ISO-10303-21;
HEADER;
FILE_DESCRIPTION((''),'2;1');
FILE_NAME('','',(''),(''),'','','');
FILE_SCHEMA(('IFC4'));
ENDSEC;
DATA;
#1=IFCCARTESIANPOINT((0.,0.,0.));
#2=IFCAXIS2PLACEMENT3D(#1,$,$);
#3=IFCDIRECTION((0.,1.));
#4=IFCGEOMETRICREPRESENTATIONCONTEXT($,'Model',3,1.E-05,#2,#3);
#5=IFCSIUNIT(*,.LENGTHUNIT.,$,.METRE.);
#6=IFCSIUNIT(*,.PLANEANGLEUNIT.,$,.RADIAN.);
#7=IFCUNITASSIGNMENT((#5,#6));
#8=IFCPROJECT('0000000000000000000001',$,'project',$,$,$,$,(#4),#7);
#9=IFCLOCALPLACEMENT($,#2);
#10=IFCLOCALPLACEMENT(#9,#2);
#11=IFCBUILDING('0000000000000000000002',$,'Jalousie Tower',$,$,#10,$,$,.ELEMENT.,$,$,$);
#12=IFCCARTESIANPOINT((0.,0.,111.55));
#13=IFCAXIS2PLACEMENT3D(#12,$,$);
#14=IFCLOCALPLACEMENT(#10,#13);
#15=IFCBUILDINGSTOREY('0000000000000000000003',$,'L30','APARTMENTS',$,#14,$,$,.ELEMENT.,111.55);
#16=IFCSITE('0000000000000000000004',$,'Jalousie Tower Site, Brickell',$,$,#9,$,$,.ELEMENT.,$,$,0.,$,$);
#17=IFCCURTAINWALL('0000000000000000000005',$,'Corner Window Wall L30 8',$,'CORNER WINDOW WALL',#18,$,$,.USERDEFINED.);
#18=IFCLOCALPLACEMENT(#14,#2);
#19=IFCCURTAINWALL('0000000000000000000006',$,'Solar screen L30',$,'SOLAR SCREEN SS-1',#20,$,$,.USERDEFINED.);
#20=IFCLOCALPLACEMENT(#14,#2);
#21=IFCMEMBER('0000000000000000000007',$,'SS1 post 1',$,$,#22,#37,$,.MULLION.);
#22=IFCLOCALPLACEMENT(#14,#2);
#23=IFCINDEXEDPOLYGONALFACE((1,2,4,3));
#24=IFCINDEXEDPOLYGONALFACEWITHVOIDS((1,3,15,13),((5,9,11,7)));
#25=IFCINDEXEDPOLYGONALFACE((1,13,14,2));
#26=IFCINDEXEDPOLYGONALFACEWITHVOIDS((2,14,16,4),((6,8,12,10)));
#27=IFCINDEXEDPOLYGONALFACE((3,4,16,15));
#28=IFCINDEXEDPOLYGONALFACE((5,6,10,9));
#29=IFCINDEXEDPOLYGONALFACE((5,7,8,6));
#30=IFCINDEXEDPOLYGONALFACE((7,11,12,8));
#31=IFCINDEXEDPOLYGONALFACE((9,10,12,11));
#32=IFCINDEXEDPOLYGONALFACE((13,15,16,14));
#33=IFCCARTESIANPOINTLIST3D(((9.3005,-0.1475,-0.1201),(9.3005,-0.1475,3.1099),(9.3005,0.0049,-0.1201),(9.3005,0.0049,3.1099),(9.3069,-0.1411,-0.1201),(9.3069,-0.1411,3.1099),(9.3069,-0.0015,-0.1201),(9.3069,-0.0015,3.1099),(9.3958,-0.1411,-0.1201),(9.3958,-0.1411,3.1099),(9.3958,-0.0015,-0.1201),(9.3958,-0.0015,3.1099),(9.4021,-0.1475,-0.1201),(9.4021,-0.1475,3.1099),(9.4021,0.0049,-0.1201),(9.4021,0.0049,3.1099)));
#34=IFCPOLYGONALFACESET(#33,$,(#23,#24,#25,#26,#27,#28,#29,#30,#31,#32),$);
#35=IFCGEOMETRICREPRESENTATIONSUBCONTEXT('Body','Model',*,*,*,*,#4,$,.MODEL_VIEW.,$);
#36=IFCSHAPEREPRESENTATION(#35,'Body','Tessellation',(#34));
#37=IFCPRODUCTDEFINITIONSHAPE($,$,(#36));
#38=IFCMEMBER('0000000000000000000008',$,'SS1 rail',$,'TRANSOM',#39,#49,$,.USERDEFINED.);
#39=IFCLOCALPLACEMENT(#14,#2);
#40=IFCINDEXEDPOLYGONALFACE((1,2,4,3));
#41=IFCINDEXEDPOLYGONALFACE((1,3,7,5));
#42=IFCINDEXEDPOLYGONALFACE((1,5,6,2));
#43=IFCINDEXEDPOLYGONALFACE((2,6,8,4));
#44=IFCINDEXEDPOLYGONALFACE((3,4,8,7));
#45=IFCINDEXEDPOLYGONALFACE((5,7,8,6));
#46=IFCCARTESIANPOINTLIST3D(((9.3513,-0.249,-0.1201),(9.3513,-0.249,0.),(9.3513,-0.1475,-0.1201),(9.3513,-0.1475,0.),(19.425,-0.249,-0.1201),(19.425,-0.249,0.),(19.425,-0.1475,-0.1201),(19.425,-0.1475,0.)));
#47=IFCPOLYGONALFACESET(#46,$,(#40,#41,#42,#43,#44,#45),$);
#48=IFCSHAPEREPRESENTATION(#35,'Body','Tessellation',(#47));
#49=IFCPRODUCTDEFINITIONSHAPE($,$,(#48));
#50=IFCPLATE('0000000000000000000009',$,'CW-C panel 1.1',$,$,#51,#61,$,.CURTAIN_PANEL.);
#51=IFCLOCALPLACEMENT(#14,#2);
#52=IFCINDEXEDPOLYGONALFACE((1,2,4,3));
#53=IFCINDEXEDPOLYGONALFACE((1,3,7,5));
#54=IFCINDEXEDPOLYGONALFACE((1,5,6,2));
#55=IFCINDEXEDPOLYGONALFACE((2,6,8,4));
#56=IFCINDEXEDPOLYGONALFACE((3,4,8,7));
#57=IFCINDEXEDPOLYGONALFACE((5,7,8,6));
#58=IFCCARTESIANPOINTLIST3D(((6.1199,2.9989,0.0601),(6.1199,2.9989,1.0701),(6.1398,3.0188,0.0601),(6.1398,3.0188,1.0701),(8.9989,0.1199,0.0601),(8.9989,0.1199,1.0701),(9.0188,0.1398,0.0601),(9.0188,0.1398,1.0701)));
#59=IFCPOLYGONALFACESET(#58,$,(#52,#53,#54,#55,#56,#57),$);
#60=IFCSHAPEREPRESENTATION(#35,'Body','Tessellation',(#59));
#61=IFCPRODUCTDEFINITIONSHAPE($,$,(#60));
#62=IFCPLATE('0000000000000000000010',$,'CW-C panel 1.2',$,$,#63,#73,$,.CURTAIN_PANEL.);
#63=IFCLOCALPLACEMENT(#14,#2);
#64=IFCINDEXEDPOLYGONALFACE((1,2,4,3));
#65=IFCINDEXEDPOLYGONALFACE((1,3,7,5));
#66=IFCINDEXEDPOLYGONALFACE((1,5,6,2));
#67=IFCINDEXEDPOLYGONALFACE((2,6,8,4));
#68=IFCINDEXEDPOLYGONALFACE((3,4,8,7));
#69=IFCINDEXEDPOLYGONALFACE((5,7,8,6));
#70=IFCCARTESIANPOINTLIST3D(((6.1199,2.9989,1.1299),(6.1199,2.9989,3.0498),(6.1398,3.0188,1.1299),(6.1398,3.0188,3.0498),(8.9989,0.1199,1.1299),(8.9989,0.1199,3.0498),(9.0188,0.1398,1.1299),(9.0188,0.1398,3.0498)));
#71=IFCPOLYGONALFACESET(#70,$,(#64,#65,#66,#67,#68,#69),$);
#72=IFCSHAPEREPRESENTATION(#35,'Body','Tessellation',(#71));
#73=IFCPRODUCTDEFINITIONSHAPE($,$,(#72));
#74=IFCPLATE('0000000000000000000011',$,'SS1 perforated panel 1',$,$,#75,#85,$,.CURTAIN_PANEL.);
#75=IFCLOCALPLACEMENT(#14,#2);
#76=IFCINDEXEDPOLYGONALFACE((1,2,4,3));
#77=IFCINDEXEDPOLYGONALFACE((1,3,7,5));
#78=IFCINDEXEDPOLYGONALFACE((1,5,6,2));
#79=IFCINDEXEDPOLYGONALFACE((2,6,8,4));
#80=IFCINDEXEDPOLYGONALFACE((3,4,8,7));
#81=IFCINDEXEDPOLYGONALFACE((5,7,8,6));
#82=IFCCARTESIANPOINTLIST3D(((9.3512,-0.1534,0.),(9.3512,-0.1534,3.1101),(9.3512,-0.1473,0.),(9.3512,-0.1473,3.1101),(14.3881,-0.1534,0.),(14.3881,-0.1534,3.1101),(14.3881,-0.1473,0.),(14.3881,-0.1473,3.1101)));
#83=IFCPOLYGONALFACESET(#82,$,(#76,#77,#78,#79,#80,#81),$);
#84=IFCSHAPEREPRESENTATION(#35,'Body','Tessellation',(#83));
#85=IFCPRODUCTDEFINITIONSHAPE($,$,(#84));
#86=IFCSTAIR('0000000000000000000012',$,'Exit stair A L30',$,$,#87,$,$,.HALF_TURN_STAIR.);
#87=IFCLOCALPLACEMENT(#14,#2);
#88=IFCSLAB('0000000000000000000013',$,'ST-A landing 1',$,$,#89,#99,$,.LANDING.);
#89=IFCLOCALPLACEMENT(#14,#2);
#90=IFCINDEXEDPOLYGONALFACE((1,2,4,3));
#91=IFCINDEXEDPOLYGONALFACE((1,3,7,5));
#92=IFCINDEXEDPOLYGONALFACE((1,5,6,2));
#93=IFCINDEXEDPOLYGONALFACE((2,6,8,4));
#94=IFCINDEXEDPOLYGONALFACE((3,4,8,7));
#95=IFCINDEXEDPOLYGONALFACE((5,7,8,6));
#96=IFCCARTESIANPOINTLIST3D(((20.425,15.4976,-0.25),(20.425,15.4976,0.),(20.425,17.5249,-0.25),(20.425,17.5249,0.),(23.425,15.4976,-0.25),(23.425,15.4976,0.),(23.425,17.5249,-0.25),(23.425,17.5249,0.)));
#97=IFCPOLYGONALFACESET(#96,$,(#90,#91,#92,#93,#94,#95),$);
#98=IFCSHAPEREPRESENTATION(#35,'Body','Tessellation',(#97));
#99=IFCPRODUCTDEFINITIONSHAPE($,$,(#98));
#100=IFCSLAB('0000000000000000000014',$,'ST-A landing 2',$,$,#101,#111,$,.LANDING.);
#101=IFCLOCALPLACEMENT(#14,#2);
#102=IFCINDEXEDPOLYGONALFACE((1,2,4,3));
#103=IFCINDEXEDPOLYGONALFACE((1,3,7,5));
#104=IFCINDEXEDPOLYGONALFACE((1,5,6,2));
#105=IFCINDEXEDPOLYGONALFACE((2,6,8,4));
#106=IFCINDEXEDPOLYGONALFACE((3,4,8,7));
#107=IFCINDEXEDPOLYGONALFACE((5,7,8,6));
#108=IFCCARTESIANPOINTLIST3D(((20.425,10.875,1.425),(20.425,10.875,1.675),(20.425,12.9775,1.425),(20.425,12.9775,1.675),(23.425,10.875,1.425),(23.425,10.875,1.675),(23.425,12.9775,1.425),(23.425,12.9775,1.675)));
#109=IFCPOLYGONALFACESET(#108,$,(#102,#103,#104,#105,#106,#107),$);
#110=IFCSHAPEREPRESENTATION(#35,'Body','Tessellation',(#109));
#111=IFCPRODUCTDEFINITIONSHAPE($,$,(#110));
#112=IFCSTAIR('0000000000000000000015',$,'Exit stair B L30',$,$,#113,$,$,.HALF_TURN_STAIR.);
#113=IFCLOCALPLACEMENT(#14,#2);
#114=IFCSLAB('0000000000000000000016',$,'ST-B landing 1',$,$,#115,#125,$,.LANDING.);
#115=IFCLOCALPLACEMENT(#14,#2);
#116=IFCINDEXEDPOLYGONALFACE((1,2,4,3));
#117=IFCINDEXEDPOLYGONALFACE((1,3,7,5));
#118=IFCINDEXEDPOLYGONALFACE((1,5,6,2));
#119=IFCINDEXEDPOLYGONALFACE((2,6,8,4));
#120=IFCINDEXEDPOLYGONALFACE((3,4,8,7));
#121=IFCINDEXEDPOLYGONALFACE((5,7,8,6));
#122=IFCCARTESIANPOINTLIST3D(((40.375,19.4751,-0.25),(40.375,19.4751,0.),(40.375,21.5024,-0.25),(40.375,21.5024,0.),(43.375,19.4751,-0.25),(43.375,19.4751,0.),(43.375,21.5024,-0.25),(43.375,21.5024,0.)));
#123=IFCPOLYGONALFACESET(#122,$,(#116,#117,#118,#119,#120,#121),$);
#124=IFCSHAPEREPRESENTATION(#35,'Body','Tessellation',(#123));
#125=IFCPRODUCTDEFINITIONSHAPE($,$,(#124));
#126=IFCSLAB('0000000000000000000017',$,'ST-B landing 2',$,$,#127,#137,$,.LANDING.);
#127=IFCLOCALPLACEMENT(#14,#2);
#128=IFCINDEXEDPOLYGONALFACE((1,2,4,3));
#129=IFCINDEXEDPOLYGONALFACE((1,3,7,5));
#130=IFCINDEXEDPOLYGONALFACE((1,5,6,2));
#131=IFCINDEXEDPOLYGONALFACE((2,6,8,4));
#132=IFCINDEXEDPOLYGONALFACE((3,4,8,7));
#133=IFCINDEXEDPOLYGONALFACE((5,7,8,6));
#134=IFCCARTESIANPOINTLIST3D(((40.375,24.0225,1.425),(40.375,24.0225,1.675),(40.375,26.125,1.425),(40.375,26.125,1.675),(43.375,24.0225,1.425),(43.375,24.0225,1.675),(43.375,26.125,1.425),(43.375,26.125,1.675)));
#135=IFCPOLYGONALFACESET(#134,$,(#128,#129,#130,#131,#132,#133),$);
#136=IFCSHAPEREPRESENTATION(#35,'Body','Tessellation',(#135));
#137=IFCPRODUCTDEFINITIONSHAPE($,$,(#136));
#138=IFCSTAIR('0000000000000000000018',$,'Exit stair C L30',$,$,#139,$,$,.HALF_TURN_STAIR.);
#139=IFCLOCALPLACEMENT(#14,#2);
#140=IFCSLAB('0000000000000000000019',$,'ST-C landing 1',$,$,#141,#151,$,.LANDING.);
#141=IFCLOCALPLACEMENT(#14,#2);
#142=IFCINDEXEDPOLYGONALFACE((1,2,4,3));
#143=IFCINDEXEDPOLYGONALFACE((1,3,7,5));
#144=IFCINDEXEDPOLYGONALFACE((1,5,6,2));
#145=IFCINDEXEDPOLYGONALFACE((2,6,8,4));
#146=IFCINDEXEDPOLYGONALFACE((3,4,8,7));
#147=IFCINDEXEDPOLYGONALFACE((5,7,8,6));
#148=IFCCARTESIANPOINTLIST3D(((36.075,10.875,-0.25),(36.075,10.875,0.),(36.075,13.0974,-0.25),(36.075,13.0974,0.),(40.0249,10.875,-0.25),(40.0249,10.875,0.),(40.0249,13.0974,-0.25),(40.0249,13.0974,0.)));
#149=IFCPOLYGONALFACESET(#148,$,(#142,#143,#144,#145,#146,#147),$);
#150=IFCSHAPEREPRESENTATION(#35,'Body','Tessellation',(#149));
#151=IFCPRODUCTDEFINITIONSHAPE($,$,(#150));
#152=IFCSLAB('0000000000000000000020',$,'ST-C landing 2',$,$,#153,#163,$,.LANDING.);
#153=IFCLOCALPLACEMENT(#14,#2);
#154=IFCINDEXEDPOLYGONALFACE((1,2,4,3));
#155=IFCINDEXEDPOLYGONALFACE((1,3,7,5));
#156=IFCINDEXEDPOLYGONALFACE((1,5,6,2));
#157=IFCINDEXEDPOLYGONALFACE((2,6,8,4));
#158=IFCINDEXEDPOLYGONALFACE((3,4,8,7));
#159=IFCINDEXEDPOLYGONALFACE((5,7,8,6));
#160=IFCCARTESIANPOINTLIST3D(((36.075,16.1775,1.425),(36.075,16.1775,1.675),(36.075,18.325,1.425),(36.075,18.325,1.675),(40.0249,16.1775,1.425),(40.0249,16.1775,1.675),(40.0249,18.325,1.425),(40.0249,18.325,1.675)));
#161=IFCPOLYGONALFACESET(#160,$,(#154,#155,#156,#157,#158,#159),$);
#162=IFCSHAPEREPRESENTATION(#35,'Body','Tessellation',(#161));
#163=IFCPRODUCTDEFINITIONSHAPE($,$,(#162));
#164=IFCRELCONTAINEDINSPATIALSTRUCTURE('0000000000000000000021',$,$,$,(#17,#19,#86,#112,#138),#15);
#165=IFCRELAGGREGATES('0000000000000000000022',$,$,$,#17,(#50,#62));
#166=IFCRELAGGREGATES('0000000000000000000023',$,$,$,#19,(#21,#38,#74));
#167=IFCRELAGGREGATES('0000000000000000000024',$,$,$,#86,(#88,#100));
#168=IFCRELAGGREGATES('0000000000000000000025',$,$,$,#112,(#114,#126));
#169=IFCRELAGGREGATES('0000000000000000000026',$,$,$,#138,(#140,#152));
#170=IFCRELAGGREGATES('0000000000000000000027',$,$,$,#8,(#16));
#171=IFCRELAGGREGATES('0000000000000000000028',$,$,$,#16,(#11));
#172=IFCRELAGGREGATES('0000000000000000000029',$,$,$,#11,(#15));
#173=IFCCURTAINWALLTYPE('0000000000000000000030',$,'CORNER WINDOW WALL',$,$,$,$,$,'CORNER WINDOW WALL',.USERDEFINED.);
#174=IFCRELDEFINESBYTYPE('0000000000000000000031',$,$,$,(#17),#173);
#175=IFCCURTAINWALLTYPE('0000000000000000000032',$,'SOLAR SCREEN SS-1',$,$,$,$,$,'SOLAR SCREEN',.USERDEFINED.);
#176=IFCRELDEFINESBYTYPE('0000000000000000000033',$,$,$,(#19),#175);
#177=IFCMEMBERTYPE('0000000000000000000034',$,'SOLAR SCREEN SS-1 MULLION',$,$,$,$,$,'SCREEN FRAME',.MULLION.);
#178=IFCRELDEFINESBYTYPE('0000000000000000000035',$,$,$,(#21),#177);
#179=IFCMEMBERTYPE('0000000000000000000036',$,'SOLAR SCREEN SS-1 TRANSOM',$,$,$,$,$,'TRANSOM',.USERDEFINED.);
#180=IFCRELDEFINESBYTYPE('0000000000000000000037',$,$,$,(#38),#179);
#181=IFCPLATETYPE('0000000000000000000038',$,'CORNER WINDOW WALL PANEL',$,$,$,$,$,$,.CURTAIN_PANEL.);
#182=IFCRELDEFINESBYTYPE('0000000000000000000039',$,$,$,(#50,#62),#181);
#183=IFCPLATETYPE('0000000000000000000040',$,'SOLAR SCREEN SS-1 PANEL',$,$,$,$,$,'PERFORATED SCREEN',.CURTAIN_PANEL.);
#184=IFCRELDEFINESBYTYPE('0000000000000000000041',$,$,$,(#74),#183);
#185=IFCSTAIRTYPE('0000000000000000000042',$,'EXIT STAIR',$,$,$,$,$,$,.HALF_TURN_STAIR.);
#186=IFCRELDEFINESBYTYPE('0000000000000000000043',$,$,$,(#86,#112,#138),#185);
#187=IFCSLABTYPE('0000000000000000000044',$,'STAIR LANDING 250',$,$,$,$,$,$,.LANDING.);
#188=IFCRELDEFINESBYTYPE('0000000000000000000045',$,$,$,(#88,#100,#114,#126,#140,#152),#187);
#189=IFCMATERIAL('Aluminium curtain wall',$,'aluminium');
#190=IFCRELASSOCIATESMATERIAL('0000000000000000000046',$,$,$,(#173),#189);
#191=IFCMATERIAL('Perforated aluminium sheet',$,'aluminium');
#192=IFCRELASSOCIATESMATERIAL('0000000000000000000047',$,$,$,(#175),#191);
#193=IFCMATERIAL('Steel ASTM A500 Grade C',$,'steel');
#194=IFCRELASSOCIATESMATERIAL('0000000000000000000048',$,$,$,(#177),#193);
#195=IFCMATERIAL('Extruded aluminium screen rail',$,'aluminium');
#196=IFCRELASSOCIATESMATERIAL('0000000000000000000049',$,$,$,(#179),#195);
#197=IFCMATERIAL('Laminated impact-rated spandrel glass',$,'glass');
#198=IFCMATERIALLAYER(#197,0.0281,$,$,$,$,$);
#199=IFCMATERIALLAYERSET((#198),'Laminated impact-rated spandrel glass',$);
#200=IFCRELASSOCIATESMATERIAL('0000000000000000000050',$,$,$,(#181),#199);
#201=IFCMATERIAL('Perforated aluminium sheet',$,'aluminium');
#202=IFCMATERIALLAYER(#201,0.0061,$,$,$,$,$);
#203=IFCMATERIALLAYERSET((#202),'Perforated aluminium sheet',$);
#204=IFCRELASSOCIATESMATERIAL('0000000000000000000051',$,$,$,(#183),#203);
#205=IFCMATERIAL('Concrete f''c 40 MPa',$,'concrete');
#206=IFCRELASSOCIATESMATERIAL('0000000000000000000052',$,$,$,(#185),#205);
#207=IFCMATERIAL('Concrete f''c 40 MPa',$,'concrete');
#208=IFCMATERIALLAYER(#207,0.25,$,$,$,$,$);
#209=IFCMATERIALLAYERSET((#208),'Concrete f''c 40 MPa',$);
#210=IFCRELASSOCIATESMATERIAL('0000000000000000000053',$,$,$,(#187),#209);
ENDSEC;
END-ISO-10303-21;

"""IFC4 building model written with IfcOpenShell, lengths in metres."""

from ifc_helpers import new_model, si_unit, direction, frame, origin, origin_2d, place, context, subcontext, project, spatial, polyline, rectangle, hollow_rectangle, outline, extrude, material, layer, layer_set, material_profile, profile_set, type_object, element, aggregate, save


model = new_model("IFC4")

# Units and contexts
model_context = context("Model", 3, precision=1e-05, world=origin(), true_north=direction((0.0, 1.0)))
body_context = subcontext(model_context, "Body", "Model", "MODEL_VIEW")
ifc_project = project(units=[si_unit("LENGTHUNIT", "METRE"), si_unit("PLANEANGLEUNIT", "RADIAN")], contexts=[model_context])

# Site, building, storey
site_placement = place(None, origin())
site = spatial("IfcSite", under=ifc_project, at=site_placement, Name="Jalousie Tower Site, Brickell", CompositionType="ELEMENT", RefElevation=0.0)
building_placement = place(site_placement, origin())
building = spatial("IfcBuilding", under=site, at=building_placement, Name="Jalousie Tower", CompositionType="ELEMENT")
storey_placement = place(building_placement, frame((0.0, 0.0, 111.55)))
storey = spatial("IfcBuildingStorey", under=building, at=storey_placement, Name="L30", Description="APARTMENTS", CompositionType="ELEMENT", Elevation=111.55)

# Curtain wall
ifc_material_1 = material(Name="Aluminium curtain wall", Category="aluminium")
curtain_wall_type_1 = type_object("IfcCurtainWallType", Name="CORNER WINDOW WALL", ElementType="CORNER WINDOW WALL", PredefinedType="USERDEFINED", material=ifc_material_1)
curtain_wall_1_placement = place(storey_placement, origin())
curtain_wall_1 = element("IfcCurtainWall", 1, at=curtain_wall_1_placement, inside=storey, type_object=curtain_wall_type_1, Name="Corner Window Wall L30 8", ObjectType="CORNER WINDOW WALL", PredefinedType="USERDEFINED")

# Curtain wall, members
ifc_material_2 = material(Name="Perforated aluminium sheet", Category="aluminium")
curtain_wall_type_2 = type_object("IfcCurtainWallType", Name="SOLAR SCREEN SS-1", ElementType="SOLAR SCREEN", PredefinedType="USERDEFINED", material=ifc_material_2)
curtain_wall_2_placement = place(storey_placement, origin())
curtain_wall_2 = element("IfcCurtainWall", 2, at=curtain_wall_2_placement, inside=storey, type_object=curtain_wall_type_2, Name="Solar screen L30", ObjectType="SOLAR SCREEN SS-1", PredefinedType="USERDEFINED")
ifc_material_3 = material(Name="Steel ASTM A500 Grade C", Category="steel")
ifc_material_profile_1 = material_profile(ifc_material_3, hollow_rectangle(XDim=0.1016, YDim=0.1523, WallThickness=0.0063, at=origin_2d()), Name="HSS6X4X1/4")
ifc_profile_set_1 = profile_set([ifc_material_profile_1], Name="Steel ASTM A500 Grade C")
member_type_1 = type_object("IfcMemberType", Name="SOLAR SCREEN SS-1 MULLION", ElementType="SCREEN FRAME", PredefinedType="MULLION", material=ifc_profile_set_1)
member_1_placement = place(storey_placement, frame((9.3513, -0.0713, -0.1201), z_axis=(0.0, 0.0, 1.0), x_axis=(1.0, 0.0, 0.0)))
member_1 = element("IfcMember", 3, at=member_1_placement, type_object=member_type_1, Name="SS1 post 1", PredefinedType="MULLION", context=body_context, shape_type="SweptSolid", body=[
    extrude(hollow_rectangle(XDim=0.1016, YDim=0.1523, WallThickness=0.0063, at=origin_2d()), origin(), (0.0, 0.0, 1.0), 3.23),
])
ifc_material_4 = material(Name="Extruded aluminium screen rail", Category="aluminium")
ifc_material_profile_2 = material_profile(ifc_material_4, rectangle(XDim=0.1016, YDim=0.1201, at=origin_2d()), Name="RAIL 102x120")
ifc_profile_set_2 = profile_set([ifc_material_profile_2], Name="Extruded aluminium screen rail")
member_type_2 = type_object("IfcMemberType", Name="SOLAR SCREEN SS-1 TRANSOM", ElementType="TRANSOM", PredefinedType="USERDEFINED", material=ifc_profile_set_2)
member_2_placement = place(storey_placement, frame((9.3513, -0.1982, -0.0601), z_axis=(1.0, 0.0, 0.0), x_axis=(0.0, 1.0, 0.0)))
member_2 = element("IfcMember", 4, at=member_2_placement, type_object=member_type_2, Name="SS1 rail", ObjectType="TRANSOM", PredefinedType="USERDEFINED", context=body_context, shape_type="SweptSolid", body=[
    extrude(rectangle(XDim=0.1016, YDim=0.1201, at=origin_2d()), origin(), (0.0, 0.0, 1.0), 10.0737),
])

# Plates
ifc_material_5 = material(Name="Laminated impact-rated spandrel glass", Category="glass")
ifc_layer_1 = layer(ifc_material_5, 0.0281)
ifc_layer_set_1 = layer_set([ifc_layer_1], Name="Laminated impact-rated spandrel glass")
plate_type_1 = type_object("IfcPlateType", Name="CORNER WINDOW WALL PANEL", PredefinedType="CURTAIN_PANEL", material=ifc_layer_set_1)
plate_1_placement = place(storey_placement, frame((7.5693, 1.5693, 0.0601), z_axis=(0.0, 0.0, 1.0), x_axis=(0.707107, -0.707107, 0.0)))
plate_1 = element("IfcPlate", 5, at=plate_1_placement, type_object=plate_type_1, Name="CW-C panel 1.1", PredefinedType="CURTAIN_PANEL", context=body_context, shape_type="SweptSolid", body=[
    extrude(rectangle(XDim=4.0715, YDim=0.0281, at=origin_2d()), origin(), (0.0, 0.0, 1.0), 1.01),
])
plate_2_placement = place(storey_placement, frame((7.5693, 1.5693, 1.1299), z_axis=(0.0, 0.0, 1.0), x_axis=(0.707107, -0.707107, 0.0)))
plate_2 = element("IfcPlate", 6, at=plate_2_placement, type_object=plate_type_1, Name="CW-C panel 1.2", PredefinedType="CURTAIN_PANEL", context=body_context, shape_type="SweptSolid", body=[
    extrude(rectangle(XDim=4.0715, YDim=0.0281, at=origin_2d()), origin(), (0.0, 0.0, 1.0), 1.9199),
])
aggregate(curtain_wall_1, [plate_1, plate_2])

# Plate
ifc_material_6 = material(Name="Perforated aluminium sheet", Category="aluminium")
ifc_layer_2 = layer(ifc_material_6, 0.0061)
ifc_layer_set_2 = layer_set([ifc_layer_2], Name="Perforated aluminium sheet")
plate_type_2 = type_object("IfcPlateType", Name="SOLAR SCREEN SS-1 PANEL", ElementType="PERFORATED SCREEN", PredefinedType="CURTAIN_PANEL", material=ifc_layer_set_2)
plate_3_placement = place(storey_placement, frame((11.8696, -0.1504, 0.0), z_axis=(0.0, 0.0, 1.0), x_axis=(1.0, 0.0, 0.0)))
plate_3 = element("IfcPlate", 7, at=plate_3_placement, type_object=plate_type_2, Name="SS1 perforated panel 1", PredefinedType="CURTAIN_PANEL", context=body_context, shape_type="SweptSolid", body=[
    extrude(rectangle(XDim=5.0369, YDim=0.0061, at=origin_2d()), origin(), (0.0, 0.0, 1.0), 3.1101),
])
aggregate(curtain_wall_2, [member_1, member_2, plate_3])

# Stairs, slabs
ifc_material_7 = material(Name="Concrete f'c 40 MPa", Category="concrete")
stair_type = type_object("IfcStairType", Name="EXIT STAIR", PredefinedType="HALF_TURN_STAIR", material=ifc_material_7)
stair_1_placement = place(storey_placement, origin())
stair_1 = element("IfcStair", 8, at=stair_1_placement, inside=storey, type_object=stair_type, Name="Exit stair A L30", PredefinedType="HALF_TURN_STAIR")
ifc_material_8 = material(Name="Concrete f'c 40 MPa", Category="concrete")
ifc_layer_3 = layer(ifc_material_8, 0.25)
ifc_layer_set_3 = layer_set([ifc_layer_3], Name="Concrete f'c 40 MPa")
slab_type_1 = type_object("IfcSlabType", Name="STAIR LANDING 250", PredefinedType="LANDING", material=ifc_layer_set_3)
slab_1_placement = place(storey_placement, frame((0.0, 0.0, -0.25)))
slab_1 = element("IfcSlab", 9, at=slab_1_placement, type_object=slab_type_1, Name="ST-A landing 1", PredefinedType="LANDING", context=body_context, shape_type="SweptSolid", body=[
    extrude(outline(polyline([(20.425, 15.4976), (23.425, 15.4976), (23.425, 17.5249), (20.425, 17.5249), (20.425, 15.4976)])), origin(), (0.0, 0.0, 1.0), 0.25),
])
slab_2_placement = place(storey_placement, frame((0.0, 0.0, 1.425)))
slab_2 = element("IfcSlab", 10, at=slab_2_placement, type_object=slab_type_1, Name="ST-A landing 2", PredefinedType="LANDING", context=body_context, shape_type="SweptSolid", body=[
    extrude(outline(polyline([(20.425, 10.875), (23.425, 10.875), (23.425, 12.9775), (20.425, 12.9775), (20.425, 10.875)])), origin(), (0.0, 0.0, 1.0), 0.25),
])
aggregate(stair_1, [slab_1, slab_2])
stair_2_placement = place(storey_placement, origin())
stair_2 = element("IfcStair", 11, at=stair_2_placement, inside=storey, type_object=stair_type, Name="Exit stair B L30", PredefinedType="HALF_TURN_STAIR")
slab_3_placement = place(storey_placement, frame((0.0, 0.0, -0.25)))
slab_3 = element("IfcSlab", 12, at=slab_3_placement, type_object=slab_type_1, Name="ST-B landing 1", PredefinedType="LANDING", context=body_context, shape_type="SweptSolid", body=[
    extrude(outline(polyline([(40.375, 19.4751), (43.375, 19.4751), (43.375, 21.5024), (40.375, 21.5024), (40.375, 19.4751)])), origin(), (0.0, 0.0, 1.0), 0.25),
])
slab_4_placement = place(storey_placement, frame((0.0, 0.0, 1.425)))
slab_4 = element("IfcSlab", 13, at=slab_4_placement, type_object=slab_type_1, Name="ST-B landing 2", PredefinedType="LANDING", context=body_context, shape_type="SweptSolid", body=[
    extrude(outline(polyline([(40.375, 24.0225), (43.375, 24.0225), (43.375, 26.125), (40.375, 26.125), (40.375, 24.0225)])), origin(), (0.0, 0.0, 1.0), 0.25),
])
aggregate(stair_2, [slab_3, slab_4])
stair_3_placement = place(storey_placement, origin())
stair_3 = element("IfcStair", 14, at=stair_3_placement, inside=storey, type_object=stair_type, Name="Exit stair C L30", PredefinedType="HALF_TURN_STAIR")
slab_5_placement = place(storey_placement, frame((0.0, 0.0, -0.25)))
slab_5 = element("IfcSlab", 15, at=slab_5_placement, type_object=slab_type_1, Name="ST-C landing 1", PredefinedType="LANDING", context=body_context, shape_type="SweptSolid", body=[
    extrude(outline(polyline([(36.075, 10.875), (40.0249, 10.875), (40.0249, 13.0974), (36.075, 13.0974), (36.075, 10.875)])), origin(), (0.0, 0.0, 1.0), 0.25),
])
slab_6_placement = place(storey_placement, frame((0.0, 0.0, 1.425)))
slab_6 = element("IfcSlab", 16, at=slab_6_placement, type_object=slab_type_1, Name="ST-C landing 2", PredefinedType="LANDING", context=body_context, shape_type="SweptSolid", body=[
    extrude(outline(polyline([(36.075, 16.1775), (40.0249, 16.1775), (40.0249, 18.325), (36.075, 18.325), (36.075, 16.1775)])), origin(), (0.0, 0.0, 1.0), 0.25),
])
aggregate(stair_3, [slab_5, slab_6])

save(model, "model.ifc")
